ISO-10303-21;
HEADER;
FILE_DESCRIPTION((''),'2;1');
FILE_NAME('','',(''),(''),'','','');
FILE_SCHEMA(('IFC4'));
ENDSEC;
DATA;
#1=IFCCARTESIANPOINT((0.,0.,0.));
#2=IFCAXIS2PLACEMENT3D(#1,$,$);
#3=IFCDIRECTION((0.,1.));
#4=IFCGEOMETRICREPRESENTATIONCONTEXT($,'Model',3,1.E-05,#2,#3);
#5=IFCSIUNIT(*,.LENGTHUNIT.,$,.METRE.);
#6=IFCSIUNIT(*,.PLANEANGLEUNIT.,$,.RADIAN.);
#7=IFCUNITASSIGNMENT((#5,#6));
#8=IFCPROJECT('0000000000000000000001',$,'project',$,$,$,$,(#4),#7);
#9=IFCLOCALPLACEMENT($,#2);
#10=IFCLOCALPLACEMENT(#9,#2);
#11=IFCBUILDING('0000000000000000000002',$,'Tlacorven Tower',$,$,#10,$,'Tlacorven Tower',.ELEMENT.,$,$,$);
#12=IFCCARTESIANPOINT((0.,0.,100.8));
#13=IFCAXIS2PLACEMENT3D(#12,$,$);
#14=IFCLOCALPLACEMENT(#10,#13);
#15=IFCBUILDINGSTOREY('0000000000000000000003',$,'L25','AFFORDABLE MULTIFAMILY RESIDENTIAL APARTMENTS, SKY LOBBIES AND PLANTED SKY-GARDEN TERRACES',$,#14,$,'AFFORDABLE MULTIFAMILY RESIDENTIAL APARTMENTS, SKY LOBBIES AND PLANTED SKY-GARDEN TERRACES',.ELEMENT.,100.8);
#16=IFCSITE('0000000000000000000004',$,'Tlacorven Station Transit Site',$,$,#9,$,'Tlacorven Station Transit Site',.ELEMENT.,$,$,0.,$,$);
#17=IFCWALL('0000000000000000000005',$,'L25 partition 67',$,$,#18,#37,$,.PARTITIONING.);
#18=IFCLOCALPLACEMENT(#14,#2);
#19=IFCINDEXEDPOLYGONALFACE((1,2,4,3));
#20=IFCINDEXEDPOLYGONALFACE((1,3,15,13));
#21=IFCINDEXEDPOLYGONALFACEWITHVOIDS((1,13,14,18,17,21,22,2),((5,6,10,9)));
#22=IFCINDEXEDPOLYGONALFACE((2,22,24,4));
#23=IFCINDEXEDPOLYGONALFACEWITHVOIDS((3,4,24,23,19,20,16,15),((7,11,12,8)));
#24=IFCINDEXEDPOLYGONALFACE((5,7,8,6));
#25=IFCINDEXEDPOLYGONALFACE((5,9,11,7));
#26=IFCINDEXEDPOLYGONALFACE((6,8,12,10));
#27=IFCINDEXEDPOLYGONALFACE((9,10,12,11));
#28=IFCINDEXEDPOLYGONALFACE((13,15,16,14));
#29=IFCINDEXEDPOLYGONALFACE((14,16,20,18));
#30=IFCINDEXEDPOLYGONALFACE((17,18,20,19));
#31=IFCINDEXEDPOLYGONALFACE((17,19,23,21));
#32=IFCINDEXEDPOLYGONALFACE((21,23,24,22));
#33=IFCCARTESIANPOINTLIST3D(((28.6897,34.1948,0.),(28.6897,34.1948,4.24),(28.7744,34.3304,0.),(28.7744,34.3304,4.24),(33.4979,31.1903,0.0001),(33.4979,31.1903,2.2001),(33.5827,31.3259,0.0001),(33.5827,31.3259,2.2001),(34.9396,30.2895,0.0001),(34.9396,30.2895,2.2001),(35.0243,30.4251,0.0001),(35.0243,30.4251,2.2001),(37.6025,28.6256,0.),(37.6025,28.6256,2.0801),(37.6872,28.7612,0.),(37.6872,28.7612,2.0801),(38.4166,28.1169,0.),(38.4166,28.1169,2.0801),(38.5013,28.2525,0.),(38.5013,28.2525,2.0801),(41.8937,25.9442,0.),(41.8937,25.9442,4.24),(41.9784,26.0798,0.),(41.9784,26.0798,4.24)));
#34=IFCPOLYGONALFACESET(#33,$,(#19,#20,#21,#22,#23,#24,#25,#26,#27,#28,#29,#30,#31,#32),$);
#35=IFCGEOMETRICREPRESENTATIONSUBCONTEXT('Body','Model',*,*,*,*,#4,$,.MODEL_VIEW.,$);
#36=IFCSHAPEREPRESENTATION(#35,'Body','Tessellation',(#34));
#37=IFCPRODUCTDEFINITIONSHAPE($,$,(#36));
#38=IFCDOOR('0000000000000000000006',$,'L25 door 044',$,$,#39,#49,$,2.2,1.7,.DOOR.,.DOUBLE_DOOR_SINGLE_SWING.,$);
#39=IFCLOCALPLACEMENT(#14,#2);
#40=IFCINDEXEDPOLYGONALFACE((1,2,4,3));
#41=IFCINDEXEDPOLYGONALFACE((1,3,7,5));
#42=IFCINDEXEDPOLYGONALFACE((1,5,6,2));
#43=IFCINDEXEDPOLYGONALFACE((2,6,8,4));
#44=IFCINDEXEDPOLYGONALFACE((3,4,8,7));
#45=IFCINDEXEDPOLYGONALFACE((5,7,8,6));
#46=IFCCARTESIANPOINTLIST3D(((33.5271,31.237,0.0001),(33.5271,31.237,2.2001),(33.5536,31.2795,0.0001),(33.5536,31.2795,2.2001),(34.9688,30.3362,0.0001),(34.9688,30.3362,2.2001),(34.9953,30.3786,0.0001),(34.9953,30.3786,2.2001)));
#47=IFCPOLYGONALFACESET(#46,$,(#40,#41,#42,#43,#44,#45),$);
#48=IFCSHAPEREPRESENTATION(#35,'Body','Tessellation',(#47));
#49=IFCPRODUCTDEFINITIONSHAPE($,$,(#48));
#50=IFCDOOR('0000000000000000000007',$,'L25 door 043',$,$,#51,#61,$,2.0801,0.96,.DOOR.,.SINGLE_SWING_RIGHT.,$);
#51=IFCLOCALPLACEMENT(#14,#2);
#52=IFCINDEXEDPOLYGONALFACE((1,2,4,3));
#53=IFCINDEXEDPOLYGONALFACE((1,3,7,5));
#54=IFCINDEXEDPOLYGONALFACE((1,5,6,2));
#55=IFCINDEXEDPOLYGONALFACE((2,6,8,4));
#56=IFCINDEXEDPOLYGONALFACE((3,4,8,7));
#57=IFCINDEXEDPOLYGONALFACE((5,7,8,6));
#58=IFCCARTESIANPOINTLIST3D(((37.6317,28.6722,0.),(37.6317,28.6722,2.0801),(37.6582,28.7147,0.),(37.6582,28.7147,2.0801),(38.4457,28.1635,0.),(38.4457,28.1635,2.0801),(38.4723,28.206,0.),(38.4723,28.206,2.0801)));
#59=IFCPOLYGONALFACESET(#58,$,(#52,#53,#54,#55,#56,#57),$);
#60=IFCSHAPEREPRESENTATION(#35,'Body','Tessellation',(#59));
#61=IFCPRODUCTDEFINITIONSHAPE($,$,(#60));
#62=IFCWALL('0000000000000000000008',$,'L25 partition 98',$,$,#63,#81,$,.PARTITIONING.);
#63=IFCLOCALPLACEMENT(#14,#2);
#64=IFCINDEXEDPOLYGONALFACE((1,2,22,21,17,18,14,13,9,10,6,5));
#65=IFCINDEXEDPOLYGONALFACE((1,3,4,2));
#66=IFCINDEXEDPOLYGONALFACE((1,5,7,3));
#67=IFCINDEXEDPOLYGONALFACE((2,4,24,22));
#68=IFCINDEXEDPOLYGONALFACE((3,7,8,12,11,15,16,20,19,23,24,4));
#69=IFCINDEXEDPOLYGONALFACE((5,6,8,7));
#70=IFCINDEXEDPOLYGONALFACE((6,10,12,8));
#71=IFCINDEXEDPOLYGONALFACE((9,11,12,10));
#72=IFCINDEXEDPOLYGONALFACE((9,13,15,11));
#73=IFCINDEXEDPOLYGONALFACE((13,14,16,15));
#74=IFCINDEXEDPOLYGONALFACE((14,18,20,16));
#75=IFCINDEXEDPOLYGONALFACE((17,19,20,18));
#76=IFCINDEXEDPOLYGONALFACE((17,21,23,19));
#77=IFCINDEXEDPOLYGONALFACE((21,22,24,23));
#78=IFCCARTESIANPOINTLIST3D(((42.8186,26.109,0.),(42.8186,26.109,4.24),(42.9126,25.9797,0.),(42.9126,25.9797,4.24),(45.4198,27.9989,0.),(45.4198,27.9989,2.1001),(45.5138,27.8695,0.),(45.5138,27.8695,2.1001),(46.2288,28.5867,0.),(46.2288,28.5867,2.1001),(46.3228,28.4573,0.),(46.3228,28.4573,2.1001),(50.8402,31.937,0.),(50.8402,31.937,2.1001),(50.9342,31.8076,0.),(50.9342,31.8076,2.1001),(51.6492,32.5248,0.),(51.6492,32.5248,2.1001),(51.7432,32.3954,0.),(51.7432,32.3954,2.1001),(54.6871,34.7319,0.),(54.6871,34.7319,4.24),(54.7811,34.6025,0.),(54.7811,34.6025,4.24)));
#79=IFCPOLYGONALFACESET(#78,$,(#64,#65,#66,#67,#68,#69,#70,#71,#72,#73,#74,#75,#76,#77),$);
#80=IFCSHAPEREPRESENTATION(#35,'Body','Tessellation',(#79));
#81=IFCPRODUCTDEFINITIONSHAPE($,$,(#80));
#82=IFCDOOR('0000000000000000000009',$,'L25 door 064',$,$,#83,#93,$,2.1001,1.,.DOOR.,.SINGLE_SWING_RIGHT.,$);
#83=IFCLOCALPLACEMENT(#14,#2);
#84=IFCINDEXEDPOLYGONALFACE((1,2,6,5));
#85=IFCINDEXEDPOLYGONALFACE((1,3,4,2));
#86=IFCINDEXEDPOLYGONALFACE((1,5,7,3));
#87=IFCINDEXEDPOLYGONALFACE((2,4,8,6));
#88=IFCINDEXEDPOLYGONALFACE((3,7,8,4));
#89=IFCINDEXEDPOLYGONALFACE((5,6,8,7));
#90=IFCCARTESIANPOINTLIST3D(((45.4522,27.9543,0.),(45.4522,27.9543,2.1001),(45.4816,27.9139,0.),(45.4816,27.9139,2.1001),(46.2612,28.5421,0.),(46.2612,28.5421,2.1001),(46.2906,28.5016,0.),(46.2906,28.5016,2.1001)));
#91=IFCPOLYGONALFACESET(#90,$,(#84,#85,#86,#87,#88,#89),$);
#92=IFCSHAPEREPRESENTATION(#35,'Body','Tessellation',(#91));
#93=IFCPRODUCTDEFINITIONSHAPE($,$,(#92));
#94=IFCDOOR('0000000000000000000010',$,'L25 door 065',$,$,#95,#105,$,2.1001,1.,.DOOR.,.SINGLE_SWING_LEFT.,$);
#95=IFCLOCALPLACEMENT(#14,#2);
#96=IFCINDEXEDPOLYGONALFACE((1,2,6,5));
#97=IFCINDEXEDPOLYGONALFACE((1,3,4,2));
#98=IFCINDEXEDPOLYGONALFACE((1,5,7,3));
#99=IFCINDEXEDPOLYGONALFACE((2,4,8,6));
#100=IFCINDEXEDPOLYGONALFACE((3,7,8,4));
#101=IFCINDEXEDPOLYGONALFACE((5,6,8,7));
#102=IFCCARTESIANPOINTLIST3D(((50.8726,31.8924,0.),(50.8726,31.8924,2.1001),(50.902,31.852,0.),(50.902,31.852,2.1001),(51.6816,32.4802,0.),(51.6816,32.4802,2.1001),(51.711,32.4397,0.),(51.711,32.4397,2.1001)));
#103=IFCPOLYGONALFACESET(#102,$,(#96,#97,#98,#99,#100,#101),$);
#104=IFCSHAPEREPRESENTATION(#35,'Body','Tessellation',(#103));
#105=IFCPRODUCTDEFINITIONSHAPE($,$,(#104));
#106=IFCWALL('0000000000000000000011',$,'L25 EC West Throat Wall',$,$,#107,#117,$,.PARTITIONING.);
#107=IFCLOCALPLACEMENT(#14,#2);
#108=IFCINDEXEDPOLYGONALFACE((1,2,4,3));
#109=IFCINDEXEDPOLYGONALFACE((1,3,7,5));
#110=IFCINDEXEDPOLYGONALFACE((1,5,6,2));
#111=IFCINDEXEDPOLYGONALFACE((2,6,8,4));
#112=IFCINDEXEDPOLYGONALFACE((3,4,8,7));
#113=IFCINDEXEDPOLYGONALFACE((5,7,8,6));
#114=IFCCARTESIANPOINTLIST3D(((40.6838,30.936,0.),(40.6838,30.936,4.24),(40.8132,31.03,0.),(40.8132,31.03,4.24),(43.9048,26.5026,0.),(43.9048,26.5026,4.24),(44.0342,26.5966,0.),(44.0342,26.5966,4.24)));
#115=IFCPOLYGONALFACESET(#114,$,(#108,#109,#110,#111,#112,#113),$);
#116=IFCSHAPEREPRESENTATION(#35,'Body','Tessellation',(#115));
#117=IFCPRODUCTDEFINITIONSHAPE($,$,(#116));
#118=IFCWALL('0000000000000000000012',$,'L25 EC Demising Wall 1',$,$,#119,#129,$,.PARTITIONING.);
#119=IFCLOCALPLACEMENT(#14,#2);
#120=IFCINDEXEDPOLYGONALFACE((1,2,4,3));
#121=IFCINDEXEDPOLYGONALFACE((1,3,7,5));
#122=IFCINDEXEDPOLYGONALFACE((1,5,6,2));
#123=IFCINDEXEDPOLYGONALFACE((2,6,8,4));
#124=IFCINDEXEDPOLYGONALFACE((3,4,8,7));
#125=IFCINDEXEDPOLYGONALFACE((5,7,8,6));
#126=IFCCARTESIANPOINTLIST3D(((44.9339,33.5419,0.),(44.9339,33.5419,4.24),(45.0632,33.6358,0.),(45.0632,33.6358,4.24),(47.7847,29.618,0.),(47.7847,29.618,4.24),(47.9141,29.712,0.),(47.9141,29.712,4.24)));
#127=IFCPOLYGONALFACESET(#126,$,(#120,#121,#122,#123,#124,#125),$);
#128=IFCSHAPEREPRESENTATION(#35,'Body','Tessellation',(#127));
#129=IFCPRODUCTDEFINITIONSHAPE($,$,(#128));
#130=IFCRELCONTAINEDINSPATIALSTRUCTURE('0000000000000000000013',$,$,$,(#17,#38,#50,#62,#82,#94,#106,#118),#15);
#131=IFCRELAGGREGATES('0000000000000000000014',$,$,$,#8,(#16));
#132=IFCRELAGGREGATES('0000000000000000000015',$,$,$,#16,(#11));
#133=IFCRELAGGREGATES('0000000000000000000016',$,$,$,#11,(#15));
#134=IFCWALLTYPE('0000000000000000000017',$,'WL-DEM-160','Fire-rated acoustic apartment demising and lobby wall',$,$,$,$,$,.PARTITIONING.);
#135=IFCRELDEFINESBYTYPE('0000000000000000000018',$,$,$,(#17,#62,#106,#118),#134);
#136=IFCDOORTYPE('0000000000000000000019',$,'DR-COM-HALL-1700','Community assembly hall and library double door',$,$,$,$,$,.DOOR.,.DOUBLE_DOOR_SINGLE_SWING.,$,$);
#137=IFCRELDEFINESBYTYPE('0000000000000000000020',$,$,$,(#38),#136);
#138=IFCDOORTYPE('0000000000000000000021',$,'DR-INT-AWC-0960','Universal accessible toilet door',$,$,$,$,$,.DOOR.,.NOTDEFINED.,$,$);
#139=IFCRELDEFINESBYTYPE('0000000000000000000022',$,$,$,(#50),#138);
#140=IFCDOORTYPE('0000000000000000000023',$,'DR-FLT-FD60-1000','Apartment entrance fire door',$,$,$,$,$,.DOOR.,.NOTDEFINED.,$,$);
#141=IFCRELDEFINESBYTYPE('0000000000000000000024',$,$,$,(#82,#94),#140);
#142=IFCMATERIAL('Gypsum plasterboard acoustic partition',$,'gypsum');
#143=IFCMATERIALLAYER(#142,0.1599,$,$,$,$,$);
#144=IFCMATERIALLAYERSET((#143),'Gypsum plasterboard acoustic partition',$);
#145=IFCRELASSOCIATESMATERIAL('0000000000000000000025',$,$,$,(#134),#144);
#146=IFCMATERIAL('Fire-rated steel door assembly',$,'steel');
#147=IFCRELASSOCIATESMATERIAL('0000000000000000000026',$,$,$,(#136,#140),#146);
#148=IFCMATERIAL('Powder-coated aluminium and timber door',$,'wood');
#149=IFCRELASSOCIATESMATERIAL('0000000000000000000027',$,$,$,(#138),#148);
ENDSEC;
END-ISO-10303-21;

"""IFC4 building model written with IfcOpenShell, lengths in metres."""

from ifc_helpers import new_model, si_unit, direction, frame, frame_2d, origin, place, context, subcontext, project, spatial, rectangle, extrude, source, transform, mapped, material, layer, layer_set, type_object, element, fill, save


model = new_model("IFC4")

# Units and contexts
model_context = context("Model", 3, precision=1e-05, world=origin(), true_north=direction((0.0, 1.0)))
body_context = subcontext(model_context, "Body", "Model", "MODEL_VIEW")
ifc_project = project(units=[si_unit("LENGTHUNIT", "METRE"), si_unit("PLANEANGLEUNIT", "RADIAN")], contexts=[model_context])

# Site, building, storey
site_placement = place(None, origin())
site = spatial("IfcSite", under=ifc_project, at=site_placement, Name="Tlacorven Station Transit Site", LongName="Tlacorven Station Transit Site", CompositionType="ELEMENT", RefElevation=0.0)
building_placement = place(site_placement, origin())
building = spatial("IfcBuilding", under=site, at=building_placement, Name="Tlacorven Tower", LongName="Tlacorven Tower", CompositionType="ELEMENT")
storey_placement = place(building_placement, frame((0.0, 0.0, 100.8)))
storey = spatial("IfcBuildingStorey", under=building, at=storey_placement, Name="L25", Description="AFFORDABLE MULTIFAMILY RESIDENTIAL APARTMENTS, SKY LOBBIES AND PLANTED SKY-GARDEN TERRACES", LongName="AFFORDABLE MULTIFAMILY RESIDENTIAL APARTMENTS, SKY LOBBIES AND PLANTED SKY-GARDEN TERRACES", CompositionType="ELEMENT", Elevation=100.8)

# Walls, openings, doors
ifc_material_1 = material(Name="Gypsum plasterboard acoustic partition", Category="gypsum")
ifc_layer_1 = layer(ifc_material_1, 0.1599)
ifc_layer_set_1 = layer_set([ifc_layer_1], Name="Gypsum plasterboard acoustic partition")
wall_type_1 = type_object("IfcWallType", Name="WL-DEM-160", Description="Fire-rated acoustic apartment demising and lobby wall", PredefinedType="PARTITIONING", material=ifc_layer_set_1)
wall_1_placement = place(storey_placement, frame((41.936, 26.012, 0.0), z_axis=(0.0, 0.0, 1.0), x_axis=(-0.848051, 0.529914, 0.0)))
wall_1 = element("IfcWall", 1, at=wall_1_placement, inside=storey, type_object=wall_type_1, Name="L25 partition 67", PredefinedType="PARTITIONING", context=body_context, shape_type="SweptSolid", body=[
    extrude(rectangle(XDim=15.5698, YDim=0.1599, at=frame_2d((7.7849, 0.0))), origin(), (0.0, 0.0, 1.0), 4.24),
])
opening_1_placement = place(wall_1_placement, frame((4.1001, 0.0, 0.0)))
opening_1 = element("IfcOpeningElement", 2, at=opening_1_placement, cuts=wall_1, PredefinedType="OPENING", context=body_context, shape_type="SweptSolid", body=[
    extrude(rectangle(XDim=0.96, YDim=2.0801, at=frame_2d((0.48, 1.04))), frame((0.0, 0.0898, 0.0), z_axis=(0.0, -1.0, 0.0), x_axis=(1.0, 0.0, 0.0)), (0.0, 0.0, 1.0), 0.1799),
])
opening_2_placement = place(wall_1_placement, frame((8.2, 0.0, 0.0)))
opening_2 = element("IfcOpeningElement", 3, at=opening_2_placement, cuts=wall_1, PredefinedType="OPENING", context=body_context, shape_type="SweptSolid", body=[
    extrude(rectangle(XDim=1.7, YDim=2.2, at=frame_2d((0.8501, 1.1001))), frame((0.0, 0.0898, 0.0), z_axis=(0.0, -1.0, 0.0), x_axis=(1.0, 0.0, 0.0)), (0.0, 0.0, 1.0), 0.1799),
])
ifc_material_2 = material(Name="Fire-rated steel door assembly", Category="steel")
door_type_1 = type_object("IfcDoorType", Name="DR-COM-HALL-1700", Description="Community assembly hall and library double door", OperationType="DOUBLE_DOOR_SINGLE_SWING", PredefinedType="DOOR", material=ifc_material_2)
shared_shape_1 = source(origin(), body_context, "Body", "SweptSolid", [
    extrude(rectangle(XDim=1.7, YDim=2.2, at=frame_2d((0.8501, 1.1001))), frame((0.0, 0.0249, 0.0), z_axis=(0.0, -1.0, 0.0), x_axis=(1.0, 0.0, 0.0)), (0.0, 0.0, 1.0), 0.05),
])
door_1_placement = place(opening_2_placement, origin())
door_1 = element("IfcDoor", 4, at=door_1_placement, inside=storey, type_object=door_type_1, Name="L25 door 044", OperationType="DOUBLE_DOOR_SINGLE_SWING", OverallHeight=2.2, OverallWidth=1.7, PredefinedType="DOOR", context=body_context, shape_type="MappedRepresentation", body=[
    mapped(shared_shape_1, transform((0.0, 0.0, 0.0), scale=1.0)),
])
fill(opening_2, door_1)
ifc_material_3 = material(Name="Powder-coated aluminium and timber door", Category="wood")
door_type_2 = type_object("IfcDoorType", Name="DR-INT-AWC-0960", Description="Universal accessible toilet door", OperationType="NOTDEFINED", PredefinedType="DOOR", material=ifc_material_3)
shared_shape_2 = source(origin(), body_context, "Body", "SweptSolid", [
    extrude(rectangle(XDim=0.96, YDim=2.0801, at=frame_2d((0.48, 1.04))), frame((0.0, 0.0249, 0.0), z_axis=(0.0, -1.0, 0.0), x_axis=(1.0, 0.0, 0.0)), (0.0, 0.0, 1.0), 0.05),
])
door_2_placement = place(opening_1_placement, origin())
door_2 = element("IfcDoor", 5, at=door_2_placement, inside=storey, type_object=door_type_2, Name="L25 door 043", OperationType="SINGLE_SWING_RIGHT", OverallHeight=2.0801, OverallWidth=0.96, PredefinedType="DOOR", context=body_context, shape_type="MappedRepresentation", body=[
    mapped(shared_shape_2, transform((0.0, 0.0, 0.0), scale=1.0)),
])
fill(opening_1, door_2)
wall_2_placement = place(storey_placement, frame((42.8657, 26.0444, 0.0), z_axis=(0.0, 0.0, 1.0), x_axis=(0.80902, 0.587781, 0.0)))
wall_2 = element("IfcWall", 6, at=wall_2_placement, inside=storey, type_object=wall_type_1, Name="L25 partition 98", PredefinedType="PARTITIONING", context=body_context, shape_type="SweptSolid", body=[
    extrude(rectangle(XDim=14.6702, YDim=0.1599, at=frame_2d((7.335, 0.0))), origin(), (0.0, 0.0, 1.0), 4.24),
])
opening_3_placement = place(wall_2_placement, frame((3.2151, 0.0, 0.0)))
opening_3 = element("IfcOpeningElement", 7, at=opening_3_placement, cuts=wall_2, PredefinedType="OPENING", context=body_context, shape_type="SweptSolid", body=[
    extrude(rectangle(XDim=1.0, YDim=2.1001, at=frame_2d((0.5, 1.05))), frame((0.0, 0.0898, 0.0), z_axis=(0.0, -1.0, 0.0), x_axis=(1.0, 0.0, 0.0)), (0.0, 0.0, 1.0), 0.1799),
])
opening_4_placement = place(wall_2_placement, frame((9.915, 0.0, 0.0)))
opening_4 = element("IfcOpeningElement", 8, at=opening_4_placement, cuts=wall_2, PredefinedType="OPENING", context=body_context, shape_type="SweptSolid", body=[
    extrude(rectangle(XDim=1.0, YDim=2.1001, at=frame_2d((0.5, 1.05))), frame((0.0, 0.0898, 0.0), z_axis=(0.0, -1.0, 0.0), x_axis=(1.0, 0.0, 0.0)), (0.0, 0.0, 1.0), 0.1799),
])
door_type_3 = type_object("IfcDoorType", Name="DR-FLT-FD60-1000", Description="Apartment entrance fire door", OperationType="NOTDEFINED", PredefinedType="DOOR", material=ifc_material_2)
shared_shape_3 = source(origin(), body_context, "Body", "SweptSolid", [
    extrude(rectangle(XDim=1.0, YDim=2.1001, at=frame_2d((0.5, 1.05))), frame((0.0, 0.0249, 0.0), z_axis=(0.0, -1.0, 0.0), x_axis=(1.0, 0.0, 0.0)), (0.0, 0.0, 1.0), 0.05),
])
door_3_placement = place(opening_3_placement, origin())
door_3 = element("IfcDoor", 9, at=door_3_placement, inside=storey, type_object=door_type_3, Name="L25 door 064", OperationType="SINGLE_SWING_RIGHT", OverallHeight=2.1001, OverallWidth=1.0, PredefinedType="DOOR", context=body_context, shape_type="MappedRepresentation", body=[
    mapped(shared_shape_3, transform((0.0, 0.0, 0.0), scale=1.0)),
])
fill(opening_3, door_3)
door_4_placement = place(opening_4_placement, origin())
door_4 = element("IfcDoor", 10, at=door_4_placement, inside=storey, type_object=door_type_3, Name="L25 door 065", OperationType="SINGLE_SWING_LEFT", OverallHeight=2.1001, OverallWidth=1.0, PredefinedType="DOOR", context=body_context, shape_type="MappedRepresentation", body=[
    mapped(shared_shape_3, transform((0.0, 0.0, 0.0), scale=1.0)),
])
fill(opening_4, door_4)

# Walls
wall_3_placement = place(storey_placement, frame((43.9695, 26.5496, 0.0), z_axis=(0.0, 0.0, 1.0), x_axis=(-0.587777, 0.809023, 0.0)))
element("IfcWall", 11, at=wall_3_placement, inside=storey, type_object=wall_type_1, Name="L25 EC West Throat Wall", PredefinedType="PARTITIONING", context=body_context, shape_type="SweptSolid", body=[
    extrude(rectangle(XDim=5.48, YDim=0.1599, at=frame_2d((2.74, 0.0))), origin(), (0.0, 0.0, 1.0), 4.24),
])
wall_4_placement = place(storey_placement, frame((47.8494, 29.665, 0.0), z_axis=(0.0, 0.0, 1.0), x_axis=(-0.587786, 0.809017, 0.0)))
element("IfcWall", 12, at=wall_4_placement, inside=storey, type_object=wall_type_1, Name="L25 EC Demising Wall 1", PredefinedType="PARTITIONING", context=body_context, shape_type="SweptSolid", body=[
    extrude(rectangle(XDim=4.8501, YDim=0.1599, at=frame_2d((2.425, 0.0))), origin(), (0.0, 0.0, 1.0), 4.24),
])

save(model, "model.ifc")
